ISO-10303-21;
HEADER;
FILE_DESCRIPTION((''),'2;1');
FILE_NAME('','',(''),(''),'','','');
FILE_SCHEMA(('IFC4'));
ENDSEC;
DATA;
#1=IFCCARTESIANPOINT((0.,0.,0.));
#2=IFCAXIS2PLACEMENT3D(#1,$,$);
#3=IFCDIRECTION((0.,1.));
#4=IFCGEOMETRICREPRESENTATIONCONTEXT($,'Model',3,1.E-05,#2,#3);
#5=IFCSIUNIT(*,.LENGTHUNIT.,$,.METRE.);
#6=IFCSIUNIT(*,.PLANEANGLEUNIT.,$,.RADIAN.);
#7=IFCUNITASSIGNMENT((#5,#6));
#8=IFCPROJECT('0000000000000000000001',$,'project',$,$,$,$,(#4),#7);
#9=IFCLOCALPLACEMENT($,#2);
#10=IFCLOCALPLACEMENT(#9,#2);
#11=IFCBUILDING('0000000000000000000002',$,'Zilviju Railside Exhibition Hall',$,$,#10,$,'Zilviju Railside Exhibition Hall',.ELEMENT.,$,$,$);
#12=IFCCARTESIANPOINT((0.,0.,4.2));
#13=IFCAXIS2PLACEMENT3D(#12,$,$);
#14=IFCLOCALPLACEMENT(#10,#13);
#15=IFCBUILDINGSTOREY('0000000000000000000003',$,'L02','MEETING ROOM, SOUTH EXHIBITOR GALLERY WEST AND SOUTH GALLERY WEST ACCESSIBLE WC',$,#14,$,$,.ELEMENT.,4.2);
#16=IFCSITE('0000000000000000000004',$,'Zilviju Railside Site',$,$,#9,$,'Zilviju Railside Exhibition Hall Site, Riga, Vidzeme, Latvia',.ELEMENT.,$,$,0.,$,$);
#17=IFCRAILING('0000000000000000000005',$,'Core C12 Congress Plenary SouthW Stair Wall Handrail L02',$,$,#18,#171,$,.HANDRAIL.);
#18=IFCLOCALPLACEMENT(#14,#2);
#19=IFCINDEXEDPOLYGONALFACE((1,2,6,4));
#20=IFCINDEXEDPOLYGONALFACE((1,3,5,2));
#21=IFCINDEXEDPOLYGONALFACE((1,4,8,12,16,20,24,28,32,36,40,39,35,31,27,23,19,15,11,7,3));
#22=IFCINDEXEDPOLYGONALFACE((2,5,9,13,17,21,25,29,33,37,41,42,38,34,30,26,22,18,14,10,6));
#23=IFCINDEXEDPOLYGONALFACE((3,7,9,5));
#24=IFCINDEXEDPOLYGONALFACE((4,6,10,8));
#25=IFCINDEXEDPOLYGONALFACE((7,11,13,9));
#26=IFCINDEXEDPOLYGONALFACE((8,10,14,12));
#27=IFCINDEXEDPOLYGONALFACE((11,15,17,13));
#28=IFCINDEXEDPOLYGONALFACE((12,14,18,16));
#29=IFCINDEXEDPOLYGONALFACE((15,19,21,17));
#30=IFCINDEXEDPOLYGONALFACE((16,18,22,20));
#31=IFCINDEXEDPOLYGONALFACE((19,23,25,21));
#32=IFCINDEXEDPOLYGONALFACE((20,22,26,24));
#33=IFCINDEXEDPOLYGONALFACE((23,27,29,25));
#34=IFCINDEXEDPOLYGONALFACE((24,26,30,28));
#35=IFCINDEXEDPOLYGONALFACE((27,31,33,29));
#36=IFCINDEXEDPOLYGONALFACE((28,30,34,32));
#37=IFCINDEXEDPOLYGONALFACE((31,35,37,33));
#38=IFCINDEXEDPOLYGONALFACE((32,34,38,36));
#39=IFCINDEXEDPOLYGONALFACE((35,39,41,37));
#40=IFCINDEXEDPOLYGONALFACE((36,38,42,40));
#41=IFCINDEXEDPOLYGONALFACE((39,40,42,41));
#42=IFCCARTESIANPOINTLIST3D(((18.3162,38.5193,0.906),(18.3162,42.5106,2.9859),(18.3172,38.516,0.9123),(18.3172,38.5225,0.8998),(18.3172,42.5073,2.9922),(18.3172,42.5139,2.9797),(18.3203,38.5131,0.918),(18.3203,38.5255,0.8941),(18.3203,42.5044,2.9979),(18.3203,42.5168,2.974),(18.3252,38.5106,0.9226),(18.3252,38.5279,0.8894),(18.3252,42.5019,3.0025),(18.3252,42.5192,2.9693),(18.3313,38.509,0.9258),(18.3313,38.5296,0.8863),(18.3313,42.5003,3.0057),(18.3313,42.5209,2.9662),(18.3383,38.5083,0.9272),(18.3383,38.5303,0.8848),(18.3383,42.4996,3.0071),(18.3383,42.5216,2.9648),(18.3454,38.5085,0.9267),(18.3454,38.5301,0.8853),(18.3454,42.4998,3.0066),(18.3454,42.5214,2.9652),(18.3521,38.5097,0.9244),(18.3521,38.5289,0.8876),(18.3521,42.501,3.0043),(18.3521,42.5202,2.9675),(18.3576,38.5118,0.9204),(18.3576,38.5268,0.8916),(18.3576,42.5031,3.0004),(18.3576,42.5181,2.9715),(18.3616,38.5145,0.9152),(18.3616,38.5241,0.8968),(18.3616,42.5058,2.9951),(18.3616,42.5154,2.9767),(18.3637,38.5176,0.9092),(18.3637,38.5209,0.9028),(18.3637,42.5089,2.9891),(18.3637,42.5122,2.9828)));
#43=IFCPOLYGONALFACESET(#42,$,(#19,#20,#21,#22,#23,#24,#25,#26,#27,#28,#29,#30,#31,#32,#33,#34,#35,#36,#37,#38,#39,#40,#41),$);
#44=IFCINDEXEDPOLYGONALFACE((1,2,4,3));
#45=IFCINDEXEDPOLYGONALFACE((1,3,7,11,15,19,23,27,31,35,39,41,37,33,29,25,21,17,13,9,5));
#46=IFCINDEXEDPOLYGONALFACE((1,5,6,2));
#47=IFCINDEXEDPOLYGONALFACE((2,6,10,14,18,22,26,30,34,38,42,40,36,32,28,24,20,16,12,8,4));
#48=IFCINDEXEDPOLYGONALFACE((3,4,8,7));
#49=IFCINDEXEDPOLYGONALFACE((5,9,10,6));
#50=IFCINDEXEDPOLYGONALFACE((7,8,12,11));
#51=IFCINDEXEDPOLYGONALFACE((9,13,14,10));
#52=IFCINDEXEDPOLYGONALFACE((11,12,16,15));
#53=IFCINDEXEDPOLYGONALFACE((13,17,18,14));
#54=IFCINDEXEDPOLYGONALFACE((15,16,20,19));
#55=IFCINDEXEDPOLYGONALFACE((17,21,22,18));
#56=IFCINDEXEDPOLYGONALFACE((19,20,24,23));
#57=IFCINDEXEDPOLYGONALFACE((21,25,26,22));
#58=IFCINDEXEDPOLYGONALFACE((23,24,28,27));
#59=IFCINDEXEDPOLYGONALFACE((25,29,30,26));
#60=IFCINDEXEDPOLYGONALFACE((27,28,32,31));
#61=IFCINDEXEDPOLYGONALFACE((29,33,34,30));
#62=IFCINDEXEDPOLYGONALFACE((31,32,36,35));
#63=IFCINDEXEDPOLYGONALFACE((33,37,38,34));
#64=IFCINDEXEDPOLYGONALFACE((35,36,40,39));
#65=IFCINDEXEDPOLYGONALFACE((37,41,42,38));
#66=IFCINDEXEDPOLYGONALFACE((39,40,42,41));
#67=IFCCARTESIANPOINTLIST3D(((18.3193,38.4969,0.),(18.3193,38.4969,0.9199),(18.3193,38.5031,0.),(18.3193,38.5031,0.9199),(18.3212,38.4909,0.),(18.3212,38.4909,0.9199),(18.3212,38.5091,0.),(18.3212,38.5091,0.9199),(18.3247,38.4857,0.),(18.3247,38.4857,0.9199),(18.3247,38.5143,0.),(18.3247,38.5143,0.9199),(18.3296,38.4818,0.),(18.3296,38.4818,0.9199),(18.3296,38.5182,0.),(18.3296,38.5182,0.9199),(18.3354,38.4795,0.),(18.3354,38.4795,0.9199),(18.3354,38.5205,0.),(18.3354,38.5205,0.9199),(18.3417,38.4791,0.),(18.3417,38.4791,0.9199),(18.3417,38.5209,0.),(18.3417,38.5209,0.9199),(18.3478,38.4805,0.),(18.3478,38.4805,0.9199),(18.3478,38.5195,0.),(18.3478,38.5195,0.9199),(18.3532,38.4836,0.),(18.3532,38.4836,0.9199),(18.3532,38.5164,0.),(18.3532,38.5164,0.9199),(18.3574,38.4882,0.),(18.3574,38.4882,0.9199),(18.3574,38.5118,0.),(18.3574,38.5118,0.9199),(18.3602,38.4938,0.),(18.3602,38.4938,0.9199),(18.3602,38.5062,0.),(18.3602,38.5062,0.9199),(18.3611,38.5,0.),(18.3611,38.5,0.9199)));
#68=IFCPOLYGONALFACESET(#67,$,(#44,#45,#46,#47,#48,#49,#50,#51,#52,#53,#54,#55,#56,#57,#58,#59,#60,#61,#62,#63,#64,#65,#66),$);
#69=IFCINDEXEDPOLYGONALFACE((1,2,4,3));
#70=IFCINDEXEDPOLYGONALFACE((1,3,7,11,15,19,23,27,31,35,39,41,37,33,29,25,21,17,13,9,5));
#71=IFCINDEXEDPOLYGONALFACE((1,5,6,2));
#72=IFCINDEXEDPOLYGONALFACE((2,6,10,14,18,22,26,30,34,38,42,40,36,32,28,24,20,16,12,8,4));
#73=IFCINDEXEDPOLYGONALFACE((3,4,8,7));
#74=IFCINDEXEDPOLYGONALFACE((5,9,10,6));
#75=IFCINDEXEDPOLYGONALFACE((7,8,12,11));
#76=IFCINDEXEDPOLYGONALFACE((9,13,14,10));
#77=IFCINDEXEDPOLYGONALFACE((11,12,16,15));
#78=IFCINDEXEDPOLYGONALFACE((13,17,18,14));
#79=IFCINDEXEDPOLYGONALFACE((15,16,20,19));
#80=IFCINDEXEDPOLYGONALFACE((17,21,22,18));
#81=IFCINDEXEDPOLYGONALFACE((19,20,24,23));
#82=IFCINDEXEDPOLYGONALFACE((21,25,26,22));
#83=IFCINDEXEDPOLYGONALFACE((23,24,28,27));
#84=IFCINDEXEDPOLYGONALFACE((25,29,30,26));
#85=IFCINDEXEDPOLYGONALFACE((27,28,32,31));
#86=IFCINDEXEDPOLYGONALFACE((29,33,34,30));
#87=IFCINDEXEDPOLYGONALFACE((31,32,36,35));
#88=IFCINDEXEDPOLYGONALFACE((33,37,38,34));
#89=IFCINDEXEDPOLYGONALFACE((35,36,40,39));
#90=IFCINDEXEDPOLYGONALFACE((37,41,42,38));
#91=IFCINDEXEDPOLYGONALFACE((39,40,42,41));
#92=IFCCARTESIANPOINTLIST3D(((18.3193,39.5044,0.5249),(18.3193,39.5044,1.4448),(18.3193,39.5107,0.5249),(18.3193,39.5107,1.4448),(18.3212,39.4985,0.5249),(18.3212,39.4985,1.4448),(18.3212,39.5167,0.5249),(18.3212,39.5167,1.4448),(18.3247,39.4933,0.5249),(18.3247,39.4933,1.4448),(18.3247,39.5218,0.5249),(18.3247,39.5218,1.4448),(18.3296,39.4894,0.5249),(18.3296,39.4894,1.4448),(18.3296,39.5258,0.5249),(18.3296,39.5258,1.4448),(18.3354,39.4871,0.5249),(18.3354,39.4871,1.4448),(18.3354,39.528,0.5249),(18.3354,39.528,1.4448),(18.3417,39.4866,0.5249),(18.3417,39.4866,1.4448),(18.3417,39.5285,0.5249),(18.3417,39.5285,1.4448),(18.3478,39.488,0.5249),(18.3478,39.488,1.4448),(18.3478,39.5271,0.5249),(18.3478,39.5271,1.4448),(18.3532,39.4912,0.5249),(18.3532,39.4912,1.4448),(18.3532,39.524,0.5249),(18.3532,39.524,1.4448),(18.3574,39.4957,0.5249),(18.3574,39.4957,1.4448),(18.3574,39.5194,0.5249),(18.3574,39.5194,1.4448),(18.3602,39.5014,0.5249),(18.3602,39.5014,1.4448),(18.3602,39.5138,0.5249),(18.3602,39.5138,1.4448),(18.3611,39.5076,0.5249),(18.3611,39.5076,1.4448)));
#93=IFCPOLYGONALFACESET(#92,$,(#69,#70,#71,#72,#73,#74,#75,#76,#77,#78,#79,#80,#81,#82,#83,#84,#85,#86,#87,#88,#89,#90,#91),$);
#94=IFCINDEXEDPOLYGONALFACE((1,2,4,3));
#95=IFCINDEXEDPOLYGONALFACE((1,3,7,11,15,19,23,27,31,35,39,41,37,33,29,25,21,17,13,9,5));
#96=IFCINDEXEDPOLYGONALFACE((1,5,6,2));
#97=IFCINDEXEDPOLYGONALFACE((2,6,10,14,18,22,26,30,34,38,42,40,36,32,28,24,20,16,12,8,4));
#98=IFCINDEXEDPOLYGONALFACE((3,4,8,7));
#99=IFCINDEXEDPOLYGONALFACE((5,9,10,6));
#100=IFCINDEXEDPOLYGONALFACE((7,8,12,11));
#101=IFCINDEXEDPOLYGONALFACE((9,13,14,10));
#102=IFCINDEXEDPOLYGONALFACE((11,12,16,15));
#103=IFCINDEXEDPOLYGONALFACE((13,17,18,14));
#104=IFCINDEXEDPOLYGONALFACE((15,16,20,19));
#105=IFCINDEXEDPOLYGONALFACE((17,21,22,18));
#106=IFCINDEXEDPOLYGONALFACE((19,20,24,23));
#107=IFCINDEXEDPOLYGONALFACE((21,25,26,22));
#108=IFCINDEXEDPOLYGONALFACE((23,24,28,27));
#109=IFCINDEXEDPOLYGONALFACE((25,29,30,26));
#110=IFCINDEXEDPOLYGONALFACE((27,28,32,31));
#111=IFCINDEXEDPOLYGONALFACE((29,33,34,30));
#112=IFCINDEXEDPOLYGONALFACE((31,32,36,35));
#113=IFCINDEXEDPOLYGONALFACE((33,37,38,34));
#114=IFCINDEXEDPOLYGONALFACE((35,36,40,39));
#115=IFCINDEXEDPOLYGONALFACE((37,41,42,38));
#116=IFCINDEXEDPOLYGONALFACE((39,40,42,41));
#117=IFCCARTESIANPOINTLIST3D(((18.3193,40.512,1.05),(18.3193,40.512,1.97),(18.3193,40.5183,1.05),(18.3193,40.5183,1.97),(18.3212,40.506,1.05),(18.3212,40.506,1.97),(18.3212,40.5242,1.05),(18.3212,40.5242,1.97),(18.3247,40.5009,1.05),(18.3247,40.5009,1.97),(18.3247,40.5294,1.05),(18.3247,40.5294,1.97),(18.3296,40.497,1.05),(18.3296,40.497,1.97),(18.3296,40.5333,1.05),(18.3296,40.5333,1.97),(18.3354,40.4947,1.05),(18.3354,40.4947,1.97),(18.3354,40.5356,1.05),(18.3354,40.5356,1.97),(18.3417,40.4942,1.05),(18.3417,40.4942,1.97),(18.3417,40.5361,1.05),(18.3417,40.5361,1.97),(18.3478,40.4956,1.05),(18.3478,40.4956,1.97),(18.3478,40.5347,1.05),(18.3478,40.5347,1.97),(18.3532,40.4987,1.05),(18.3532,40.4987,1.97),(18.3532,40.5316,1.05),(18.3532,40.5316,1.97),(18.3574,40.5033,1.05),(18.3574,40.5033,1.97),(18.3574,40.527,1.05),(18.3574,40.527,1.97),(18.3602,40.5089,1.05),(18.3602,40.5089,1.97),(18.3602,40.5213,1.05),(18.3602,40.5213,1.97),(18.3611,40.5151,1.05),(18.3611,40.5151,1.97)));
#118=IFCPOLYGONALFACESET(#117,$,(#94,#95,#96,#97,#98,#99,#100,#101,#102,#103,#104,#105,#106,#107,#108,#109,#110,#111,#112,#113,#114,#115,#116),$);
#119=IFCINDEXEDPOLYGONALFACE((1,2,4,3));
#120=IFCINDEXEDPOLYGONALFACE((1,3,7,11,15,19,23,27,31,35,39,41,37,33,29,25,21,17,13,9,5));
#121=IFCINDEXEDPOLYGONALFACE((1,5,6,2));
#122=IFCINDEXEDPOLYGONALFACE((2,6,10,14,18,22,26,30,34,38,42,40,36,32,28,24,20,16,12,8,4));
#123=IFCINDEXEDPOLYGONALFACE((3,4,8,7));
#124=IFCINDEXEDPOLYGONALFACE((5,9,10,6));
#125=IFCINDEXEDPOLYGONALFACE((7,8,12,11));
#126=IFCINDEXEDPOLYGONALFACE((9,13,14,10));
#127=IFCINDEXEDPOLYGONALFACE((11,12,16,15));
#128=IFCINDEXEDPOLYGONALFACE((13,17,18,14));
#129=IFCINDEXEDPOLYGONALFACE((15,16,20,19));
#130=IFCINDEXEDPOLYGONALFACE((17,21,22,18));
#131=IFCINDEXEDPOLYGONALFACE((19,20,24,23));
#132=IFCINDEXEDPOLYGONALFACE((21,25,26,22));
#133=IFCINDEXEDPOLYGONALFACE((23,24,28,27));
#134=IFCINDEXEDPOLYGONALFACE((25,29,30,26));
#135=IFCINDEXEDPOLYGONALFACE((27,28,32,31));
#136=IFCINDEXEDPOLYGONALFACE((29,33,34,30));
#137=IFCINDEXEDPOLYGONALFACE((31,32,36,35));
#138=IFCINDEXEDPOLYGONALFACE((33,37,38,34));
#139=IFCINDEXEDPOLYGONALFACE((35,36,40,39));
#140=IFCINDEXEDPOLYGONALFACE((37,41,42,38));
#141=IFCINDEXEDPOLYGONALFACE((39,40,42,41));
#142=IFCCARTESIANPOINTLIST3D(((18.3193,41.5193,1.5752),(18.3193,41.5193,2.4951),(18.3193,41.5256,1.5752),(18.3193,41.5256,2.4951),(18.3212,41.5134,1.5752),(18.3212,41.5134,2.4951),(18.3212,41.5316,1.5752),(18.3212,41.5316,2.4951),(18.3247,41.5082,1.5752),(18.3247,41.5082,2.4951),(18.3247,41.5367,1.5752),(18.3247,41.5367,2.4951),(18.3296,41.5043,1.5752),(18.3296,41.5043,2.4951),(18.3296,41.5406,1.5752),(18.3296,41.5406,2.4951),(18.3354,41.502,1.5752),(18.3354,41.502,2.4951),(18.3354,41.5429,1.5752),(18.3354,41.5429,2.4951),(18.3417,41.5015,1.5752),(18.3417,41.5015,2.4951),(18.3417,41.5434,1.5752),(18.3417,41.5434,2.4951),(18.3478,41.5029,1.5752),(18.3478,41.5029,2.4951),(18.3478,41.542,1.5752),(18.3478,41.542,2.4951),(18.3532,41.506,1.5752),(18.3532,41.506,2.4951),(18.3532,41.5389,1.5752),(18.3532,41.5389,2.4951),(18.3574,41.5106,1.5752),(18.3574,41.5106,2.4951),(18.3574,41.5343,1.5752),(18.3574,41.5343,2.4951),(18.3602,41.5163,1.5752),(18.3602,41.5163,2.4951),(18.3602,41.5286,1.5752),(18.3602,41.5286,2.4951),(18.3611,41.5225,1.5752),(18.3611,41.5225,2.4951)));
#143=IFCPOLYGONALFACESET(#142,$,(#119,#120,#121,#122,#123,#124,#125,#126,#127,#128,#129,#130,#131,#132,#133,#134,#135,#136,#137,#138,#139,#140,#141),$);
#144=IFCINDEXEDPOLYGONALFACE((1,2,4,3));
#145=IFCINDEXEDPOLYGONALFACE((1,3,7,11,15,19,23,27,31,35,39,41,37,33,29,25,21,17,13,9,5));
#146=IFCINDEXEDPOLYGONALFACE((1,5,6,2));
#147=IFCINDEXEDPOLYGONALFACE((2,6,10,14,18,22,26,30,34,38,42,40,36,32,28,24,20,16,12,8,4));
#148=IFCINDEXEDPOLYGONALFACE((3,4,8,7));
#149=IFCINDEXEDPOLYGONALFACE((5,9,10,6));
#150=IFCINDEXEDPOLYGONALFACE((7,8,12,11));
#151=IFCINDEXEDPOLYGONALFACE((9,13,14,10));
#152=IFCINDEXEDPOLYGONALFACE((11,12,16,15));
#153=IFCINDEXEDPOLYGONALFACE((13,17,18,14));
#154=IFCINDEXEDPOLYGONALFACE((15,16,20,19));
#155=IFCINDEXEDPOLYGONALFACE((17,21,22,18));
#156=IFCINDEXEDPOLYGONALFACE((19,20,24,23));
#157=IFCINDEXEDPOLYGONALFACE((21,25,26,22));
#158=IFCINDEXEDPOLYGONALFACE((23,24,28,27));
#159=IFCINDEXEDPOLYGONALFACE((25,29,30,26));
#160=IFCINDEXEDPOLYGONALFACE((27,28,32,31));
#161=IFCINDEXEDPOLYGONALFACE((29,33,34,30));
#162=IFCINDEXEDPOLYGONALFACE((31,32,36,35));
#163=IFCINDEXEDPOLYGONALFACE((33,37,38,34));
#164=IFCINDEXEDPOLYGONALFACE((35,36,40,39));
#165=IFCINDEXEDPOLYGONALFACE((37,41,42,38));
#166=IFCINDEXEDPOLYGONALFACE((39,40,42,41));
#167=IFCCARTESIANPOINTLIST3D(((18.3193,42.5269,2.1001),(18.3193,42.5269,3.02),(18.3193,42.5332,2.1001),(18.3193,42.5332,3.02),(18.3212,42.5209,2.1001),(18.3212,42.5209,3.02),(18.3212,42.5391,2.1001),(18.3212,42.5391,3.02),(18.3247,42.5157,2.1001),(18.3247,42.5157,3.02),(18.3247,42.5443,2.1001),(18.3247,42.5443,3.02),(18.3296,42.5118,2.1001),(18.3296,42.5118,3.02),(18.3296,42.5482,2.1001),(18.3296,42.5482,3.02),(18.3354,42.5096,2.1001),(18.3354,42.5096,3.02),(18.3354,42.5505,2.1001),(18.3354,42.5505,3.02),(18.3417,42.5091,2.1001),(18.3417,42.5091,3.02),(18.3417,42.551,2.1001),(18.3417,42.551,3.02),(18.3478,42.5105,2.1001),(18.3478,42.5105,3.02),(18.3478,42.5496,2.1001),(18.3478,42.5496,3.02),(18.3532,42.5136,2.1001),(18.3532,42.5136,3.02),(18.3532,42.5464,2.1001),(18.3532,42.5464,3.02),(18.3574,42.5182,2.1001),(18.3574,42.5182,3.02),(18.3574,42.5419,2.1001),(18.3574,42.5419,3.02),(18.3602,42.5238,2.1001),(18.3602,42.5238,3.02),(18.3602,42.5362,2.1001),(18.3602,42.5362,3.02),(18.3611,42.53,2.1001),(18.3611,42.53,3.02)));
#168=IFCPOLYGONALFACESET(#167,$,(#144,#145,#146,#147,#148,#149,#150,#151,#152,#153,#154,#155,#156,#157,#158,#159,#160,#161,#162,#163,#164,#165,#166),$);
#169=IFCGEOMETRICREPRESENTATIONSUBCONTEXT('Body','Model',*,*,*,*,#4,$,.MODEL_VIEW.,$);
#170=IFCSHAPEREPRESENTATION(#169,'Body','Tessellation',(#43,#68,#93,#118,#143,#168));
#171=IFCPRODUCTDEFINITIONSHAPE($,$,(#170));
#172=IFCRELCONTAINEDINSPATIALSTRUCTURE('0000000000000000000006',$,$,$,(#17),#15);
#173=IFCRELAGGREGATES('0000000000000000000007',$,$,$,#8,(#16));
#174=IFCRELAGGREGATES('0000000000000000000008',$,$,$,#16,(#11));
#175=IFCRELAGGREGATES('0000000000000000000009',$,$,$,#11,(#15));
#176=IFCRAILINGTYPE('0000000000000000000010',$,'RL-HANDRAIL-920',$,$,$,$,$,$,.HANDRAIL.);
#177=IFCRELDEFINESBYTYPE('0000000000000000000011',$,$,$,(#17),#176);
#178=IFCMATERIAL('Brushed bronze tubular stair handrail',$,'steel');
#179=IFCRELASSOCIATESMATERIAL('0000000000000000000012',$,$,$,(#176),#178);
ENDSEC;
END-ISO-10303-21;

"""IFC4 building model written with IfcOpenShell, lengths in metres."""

from ifc_helpers import new_model, si_unit, direction, frame, origin, origin_2d, place, context, subcontext, project, spatial, circle, extrude, material, type_object, element, save


model = new_model("IFC4")

# Units and contexts
model_context = context("Model", 3, precision=1e-05, world=origin(), true_north=direction((0.0, 1.0)))
body_context = subcontext(model_context, "Body", "Model", "MODEL_VIEW")
ifc_project = project(units=[si_unit("LENGTHUNIT", "METRE"), si_unit("PLANEANGLEUNIT", "RADIAN")], contexts=[model_context])

# Site, building, storey
site_placement = place(None, origin())
site = spatial("IfcSite", under=ifc_project, at=site_placement, Name="Zilviju Railside Site", LongName="Zilviju Railside Exhibition Hall Site, Riga, Vidzeme, Latvia", CompositionType="ELEMENT", RefElevation=0.0)
building_placement = place(site_placement, origin())
building = spatial("IfcBuilding", under=site, at=building_placement, Name="Zilviju Railside Exhibition Hall", LongName="Zilviju Railside Exhibition Hall", CompositionType="ELEMENT")
storey_placement = place(building_placement, frame((0.0, 0.0, 4.2)))
storey = spatial("IfcBuildingStorey", under=building, at=storey_placement, Name="L02", Description="MEETING ROOM, SOUTH EXHIBITOR GALLERY WEST AND SOUTH GALLERY WEST ACCESSIBLE WC", CompositionType="ELEMENT", Elevation=4.2)

# Railing
ifc_material_1 = material(Name="Brushed bronze tubular stair handrail", Category="steel")
railing_type_1 = type_object("IfcRailingType", Name="RL-HANDRAIL-920", PredefinedType="HANDRAIL", material=ifc_material_1)
railing_1_placement = place(storey_placement, frame((18.3401, 38.5, 0.0)))
element("IfcRailing", 1, at=railing_1_placement, inside=storey, type_object=railing_type_1, Name="Core C12 Congress Plenary SouthW Stair Wall Handrail L02", PredefinedType="HANDRAIL", context=body_context, shape_type="SweptSolid", body=[
    extrude(circle(Radius=0.0239, at=origin_2d()), frame((0.0, 0.0193, 0.906), z_axis=(0.0, 0.886813, 0.462129), x_axis=(-1.0, 0.0, 0.0)), (0.0, 0.0, 1.0), 4.5007),
    extrude(circle(Radius=0.021, at=origin_2d()), origin(), (0.0, 0.0, 1.0), 0.9199),
    extrude(circle(Radius=0.021, at=origin_2d()), frame((0.0, 1.0076, 0.5249)), (0.0, 0.0, 1.0), 0.9199),
    extrude(circle(Radius=0.021, at=origin_2d()), frame((0.0, 2.0151, 1.05)), (0.0, 0.0, 1.0), 0.9199),
    extrude(circle(Radius=0.021, at=origin_2d()), frame((0.0, 3.0225, 1.5752)), (0.0, 0.0, 1.0), 0.9199),
    extrude(circle(Radius=0.021, at=origin_2d()), frame((0.0, 4.03, 2.1001)), (0.0, 0.0, 1.0), 0.9199),
])

save(model, "model.ifc")
